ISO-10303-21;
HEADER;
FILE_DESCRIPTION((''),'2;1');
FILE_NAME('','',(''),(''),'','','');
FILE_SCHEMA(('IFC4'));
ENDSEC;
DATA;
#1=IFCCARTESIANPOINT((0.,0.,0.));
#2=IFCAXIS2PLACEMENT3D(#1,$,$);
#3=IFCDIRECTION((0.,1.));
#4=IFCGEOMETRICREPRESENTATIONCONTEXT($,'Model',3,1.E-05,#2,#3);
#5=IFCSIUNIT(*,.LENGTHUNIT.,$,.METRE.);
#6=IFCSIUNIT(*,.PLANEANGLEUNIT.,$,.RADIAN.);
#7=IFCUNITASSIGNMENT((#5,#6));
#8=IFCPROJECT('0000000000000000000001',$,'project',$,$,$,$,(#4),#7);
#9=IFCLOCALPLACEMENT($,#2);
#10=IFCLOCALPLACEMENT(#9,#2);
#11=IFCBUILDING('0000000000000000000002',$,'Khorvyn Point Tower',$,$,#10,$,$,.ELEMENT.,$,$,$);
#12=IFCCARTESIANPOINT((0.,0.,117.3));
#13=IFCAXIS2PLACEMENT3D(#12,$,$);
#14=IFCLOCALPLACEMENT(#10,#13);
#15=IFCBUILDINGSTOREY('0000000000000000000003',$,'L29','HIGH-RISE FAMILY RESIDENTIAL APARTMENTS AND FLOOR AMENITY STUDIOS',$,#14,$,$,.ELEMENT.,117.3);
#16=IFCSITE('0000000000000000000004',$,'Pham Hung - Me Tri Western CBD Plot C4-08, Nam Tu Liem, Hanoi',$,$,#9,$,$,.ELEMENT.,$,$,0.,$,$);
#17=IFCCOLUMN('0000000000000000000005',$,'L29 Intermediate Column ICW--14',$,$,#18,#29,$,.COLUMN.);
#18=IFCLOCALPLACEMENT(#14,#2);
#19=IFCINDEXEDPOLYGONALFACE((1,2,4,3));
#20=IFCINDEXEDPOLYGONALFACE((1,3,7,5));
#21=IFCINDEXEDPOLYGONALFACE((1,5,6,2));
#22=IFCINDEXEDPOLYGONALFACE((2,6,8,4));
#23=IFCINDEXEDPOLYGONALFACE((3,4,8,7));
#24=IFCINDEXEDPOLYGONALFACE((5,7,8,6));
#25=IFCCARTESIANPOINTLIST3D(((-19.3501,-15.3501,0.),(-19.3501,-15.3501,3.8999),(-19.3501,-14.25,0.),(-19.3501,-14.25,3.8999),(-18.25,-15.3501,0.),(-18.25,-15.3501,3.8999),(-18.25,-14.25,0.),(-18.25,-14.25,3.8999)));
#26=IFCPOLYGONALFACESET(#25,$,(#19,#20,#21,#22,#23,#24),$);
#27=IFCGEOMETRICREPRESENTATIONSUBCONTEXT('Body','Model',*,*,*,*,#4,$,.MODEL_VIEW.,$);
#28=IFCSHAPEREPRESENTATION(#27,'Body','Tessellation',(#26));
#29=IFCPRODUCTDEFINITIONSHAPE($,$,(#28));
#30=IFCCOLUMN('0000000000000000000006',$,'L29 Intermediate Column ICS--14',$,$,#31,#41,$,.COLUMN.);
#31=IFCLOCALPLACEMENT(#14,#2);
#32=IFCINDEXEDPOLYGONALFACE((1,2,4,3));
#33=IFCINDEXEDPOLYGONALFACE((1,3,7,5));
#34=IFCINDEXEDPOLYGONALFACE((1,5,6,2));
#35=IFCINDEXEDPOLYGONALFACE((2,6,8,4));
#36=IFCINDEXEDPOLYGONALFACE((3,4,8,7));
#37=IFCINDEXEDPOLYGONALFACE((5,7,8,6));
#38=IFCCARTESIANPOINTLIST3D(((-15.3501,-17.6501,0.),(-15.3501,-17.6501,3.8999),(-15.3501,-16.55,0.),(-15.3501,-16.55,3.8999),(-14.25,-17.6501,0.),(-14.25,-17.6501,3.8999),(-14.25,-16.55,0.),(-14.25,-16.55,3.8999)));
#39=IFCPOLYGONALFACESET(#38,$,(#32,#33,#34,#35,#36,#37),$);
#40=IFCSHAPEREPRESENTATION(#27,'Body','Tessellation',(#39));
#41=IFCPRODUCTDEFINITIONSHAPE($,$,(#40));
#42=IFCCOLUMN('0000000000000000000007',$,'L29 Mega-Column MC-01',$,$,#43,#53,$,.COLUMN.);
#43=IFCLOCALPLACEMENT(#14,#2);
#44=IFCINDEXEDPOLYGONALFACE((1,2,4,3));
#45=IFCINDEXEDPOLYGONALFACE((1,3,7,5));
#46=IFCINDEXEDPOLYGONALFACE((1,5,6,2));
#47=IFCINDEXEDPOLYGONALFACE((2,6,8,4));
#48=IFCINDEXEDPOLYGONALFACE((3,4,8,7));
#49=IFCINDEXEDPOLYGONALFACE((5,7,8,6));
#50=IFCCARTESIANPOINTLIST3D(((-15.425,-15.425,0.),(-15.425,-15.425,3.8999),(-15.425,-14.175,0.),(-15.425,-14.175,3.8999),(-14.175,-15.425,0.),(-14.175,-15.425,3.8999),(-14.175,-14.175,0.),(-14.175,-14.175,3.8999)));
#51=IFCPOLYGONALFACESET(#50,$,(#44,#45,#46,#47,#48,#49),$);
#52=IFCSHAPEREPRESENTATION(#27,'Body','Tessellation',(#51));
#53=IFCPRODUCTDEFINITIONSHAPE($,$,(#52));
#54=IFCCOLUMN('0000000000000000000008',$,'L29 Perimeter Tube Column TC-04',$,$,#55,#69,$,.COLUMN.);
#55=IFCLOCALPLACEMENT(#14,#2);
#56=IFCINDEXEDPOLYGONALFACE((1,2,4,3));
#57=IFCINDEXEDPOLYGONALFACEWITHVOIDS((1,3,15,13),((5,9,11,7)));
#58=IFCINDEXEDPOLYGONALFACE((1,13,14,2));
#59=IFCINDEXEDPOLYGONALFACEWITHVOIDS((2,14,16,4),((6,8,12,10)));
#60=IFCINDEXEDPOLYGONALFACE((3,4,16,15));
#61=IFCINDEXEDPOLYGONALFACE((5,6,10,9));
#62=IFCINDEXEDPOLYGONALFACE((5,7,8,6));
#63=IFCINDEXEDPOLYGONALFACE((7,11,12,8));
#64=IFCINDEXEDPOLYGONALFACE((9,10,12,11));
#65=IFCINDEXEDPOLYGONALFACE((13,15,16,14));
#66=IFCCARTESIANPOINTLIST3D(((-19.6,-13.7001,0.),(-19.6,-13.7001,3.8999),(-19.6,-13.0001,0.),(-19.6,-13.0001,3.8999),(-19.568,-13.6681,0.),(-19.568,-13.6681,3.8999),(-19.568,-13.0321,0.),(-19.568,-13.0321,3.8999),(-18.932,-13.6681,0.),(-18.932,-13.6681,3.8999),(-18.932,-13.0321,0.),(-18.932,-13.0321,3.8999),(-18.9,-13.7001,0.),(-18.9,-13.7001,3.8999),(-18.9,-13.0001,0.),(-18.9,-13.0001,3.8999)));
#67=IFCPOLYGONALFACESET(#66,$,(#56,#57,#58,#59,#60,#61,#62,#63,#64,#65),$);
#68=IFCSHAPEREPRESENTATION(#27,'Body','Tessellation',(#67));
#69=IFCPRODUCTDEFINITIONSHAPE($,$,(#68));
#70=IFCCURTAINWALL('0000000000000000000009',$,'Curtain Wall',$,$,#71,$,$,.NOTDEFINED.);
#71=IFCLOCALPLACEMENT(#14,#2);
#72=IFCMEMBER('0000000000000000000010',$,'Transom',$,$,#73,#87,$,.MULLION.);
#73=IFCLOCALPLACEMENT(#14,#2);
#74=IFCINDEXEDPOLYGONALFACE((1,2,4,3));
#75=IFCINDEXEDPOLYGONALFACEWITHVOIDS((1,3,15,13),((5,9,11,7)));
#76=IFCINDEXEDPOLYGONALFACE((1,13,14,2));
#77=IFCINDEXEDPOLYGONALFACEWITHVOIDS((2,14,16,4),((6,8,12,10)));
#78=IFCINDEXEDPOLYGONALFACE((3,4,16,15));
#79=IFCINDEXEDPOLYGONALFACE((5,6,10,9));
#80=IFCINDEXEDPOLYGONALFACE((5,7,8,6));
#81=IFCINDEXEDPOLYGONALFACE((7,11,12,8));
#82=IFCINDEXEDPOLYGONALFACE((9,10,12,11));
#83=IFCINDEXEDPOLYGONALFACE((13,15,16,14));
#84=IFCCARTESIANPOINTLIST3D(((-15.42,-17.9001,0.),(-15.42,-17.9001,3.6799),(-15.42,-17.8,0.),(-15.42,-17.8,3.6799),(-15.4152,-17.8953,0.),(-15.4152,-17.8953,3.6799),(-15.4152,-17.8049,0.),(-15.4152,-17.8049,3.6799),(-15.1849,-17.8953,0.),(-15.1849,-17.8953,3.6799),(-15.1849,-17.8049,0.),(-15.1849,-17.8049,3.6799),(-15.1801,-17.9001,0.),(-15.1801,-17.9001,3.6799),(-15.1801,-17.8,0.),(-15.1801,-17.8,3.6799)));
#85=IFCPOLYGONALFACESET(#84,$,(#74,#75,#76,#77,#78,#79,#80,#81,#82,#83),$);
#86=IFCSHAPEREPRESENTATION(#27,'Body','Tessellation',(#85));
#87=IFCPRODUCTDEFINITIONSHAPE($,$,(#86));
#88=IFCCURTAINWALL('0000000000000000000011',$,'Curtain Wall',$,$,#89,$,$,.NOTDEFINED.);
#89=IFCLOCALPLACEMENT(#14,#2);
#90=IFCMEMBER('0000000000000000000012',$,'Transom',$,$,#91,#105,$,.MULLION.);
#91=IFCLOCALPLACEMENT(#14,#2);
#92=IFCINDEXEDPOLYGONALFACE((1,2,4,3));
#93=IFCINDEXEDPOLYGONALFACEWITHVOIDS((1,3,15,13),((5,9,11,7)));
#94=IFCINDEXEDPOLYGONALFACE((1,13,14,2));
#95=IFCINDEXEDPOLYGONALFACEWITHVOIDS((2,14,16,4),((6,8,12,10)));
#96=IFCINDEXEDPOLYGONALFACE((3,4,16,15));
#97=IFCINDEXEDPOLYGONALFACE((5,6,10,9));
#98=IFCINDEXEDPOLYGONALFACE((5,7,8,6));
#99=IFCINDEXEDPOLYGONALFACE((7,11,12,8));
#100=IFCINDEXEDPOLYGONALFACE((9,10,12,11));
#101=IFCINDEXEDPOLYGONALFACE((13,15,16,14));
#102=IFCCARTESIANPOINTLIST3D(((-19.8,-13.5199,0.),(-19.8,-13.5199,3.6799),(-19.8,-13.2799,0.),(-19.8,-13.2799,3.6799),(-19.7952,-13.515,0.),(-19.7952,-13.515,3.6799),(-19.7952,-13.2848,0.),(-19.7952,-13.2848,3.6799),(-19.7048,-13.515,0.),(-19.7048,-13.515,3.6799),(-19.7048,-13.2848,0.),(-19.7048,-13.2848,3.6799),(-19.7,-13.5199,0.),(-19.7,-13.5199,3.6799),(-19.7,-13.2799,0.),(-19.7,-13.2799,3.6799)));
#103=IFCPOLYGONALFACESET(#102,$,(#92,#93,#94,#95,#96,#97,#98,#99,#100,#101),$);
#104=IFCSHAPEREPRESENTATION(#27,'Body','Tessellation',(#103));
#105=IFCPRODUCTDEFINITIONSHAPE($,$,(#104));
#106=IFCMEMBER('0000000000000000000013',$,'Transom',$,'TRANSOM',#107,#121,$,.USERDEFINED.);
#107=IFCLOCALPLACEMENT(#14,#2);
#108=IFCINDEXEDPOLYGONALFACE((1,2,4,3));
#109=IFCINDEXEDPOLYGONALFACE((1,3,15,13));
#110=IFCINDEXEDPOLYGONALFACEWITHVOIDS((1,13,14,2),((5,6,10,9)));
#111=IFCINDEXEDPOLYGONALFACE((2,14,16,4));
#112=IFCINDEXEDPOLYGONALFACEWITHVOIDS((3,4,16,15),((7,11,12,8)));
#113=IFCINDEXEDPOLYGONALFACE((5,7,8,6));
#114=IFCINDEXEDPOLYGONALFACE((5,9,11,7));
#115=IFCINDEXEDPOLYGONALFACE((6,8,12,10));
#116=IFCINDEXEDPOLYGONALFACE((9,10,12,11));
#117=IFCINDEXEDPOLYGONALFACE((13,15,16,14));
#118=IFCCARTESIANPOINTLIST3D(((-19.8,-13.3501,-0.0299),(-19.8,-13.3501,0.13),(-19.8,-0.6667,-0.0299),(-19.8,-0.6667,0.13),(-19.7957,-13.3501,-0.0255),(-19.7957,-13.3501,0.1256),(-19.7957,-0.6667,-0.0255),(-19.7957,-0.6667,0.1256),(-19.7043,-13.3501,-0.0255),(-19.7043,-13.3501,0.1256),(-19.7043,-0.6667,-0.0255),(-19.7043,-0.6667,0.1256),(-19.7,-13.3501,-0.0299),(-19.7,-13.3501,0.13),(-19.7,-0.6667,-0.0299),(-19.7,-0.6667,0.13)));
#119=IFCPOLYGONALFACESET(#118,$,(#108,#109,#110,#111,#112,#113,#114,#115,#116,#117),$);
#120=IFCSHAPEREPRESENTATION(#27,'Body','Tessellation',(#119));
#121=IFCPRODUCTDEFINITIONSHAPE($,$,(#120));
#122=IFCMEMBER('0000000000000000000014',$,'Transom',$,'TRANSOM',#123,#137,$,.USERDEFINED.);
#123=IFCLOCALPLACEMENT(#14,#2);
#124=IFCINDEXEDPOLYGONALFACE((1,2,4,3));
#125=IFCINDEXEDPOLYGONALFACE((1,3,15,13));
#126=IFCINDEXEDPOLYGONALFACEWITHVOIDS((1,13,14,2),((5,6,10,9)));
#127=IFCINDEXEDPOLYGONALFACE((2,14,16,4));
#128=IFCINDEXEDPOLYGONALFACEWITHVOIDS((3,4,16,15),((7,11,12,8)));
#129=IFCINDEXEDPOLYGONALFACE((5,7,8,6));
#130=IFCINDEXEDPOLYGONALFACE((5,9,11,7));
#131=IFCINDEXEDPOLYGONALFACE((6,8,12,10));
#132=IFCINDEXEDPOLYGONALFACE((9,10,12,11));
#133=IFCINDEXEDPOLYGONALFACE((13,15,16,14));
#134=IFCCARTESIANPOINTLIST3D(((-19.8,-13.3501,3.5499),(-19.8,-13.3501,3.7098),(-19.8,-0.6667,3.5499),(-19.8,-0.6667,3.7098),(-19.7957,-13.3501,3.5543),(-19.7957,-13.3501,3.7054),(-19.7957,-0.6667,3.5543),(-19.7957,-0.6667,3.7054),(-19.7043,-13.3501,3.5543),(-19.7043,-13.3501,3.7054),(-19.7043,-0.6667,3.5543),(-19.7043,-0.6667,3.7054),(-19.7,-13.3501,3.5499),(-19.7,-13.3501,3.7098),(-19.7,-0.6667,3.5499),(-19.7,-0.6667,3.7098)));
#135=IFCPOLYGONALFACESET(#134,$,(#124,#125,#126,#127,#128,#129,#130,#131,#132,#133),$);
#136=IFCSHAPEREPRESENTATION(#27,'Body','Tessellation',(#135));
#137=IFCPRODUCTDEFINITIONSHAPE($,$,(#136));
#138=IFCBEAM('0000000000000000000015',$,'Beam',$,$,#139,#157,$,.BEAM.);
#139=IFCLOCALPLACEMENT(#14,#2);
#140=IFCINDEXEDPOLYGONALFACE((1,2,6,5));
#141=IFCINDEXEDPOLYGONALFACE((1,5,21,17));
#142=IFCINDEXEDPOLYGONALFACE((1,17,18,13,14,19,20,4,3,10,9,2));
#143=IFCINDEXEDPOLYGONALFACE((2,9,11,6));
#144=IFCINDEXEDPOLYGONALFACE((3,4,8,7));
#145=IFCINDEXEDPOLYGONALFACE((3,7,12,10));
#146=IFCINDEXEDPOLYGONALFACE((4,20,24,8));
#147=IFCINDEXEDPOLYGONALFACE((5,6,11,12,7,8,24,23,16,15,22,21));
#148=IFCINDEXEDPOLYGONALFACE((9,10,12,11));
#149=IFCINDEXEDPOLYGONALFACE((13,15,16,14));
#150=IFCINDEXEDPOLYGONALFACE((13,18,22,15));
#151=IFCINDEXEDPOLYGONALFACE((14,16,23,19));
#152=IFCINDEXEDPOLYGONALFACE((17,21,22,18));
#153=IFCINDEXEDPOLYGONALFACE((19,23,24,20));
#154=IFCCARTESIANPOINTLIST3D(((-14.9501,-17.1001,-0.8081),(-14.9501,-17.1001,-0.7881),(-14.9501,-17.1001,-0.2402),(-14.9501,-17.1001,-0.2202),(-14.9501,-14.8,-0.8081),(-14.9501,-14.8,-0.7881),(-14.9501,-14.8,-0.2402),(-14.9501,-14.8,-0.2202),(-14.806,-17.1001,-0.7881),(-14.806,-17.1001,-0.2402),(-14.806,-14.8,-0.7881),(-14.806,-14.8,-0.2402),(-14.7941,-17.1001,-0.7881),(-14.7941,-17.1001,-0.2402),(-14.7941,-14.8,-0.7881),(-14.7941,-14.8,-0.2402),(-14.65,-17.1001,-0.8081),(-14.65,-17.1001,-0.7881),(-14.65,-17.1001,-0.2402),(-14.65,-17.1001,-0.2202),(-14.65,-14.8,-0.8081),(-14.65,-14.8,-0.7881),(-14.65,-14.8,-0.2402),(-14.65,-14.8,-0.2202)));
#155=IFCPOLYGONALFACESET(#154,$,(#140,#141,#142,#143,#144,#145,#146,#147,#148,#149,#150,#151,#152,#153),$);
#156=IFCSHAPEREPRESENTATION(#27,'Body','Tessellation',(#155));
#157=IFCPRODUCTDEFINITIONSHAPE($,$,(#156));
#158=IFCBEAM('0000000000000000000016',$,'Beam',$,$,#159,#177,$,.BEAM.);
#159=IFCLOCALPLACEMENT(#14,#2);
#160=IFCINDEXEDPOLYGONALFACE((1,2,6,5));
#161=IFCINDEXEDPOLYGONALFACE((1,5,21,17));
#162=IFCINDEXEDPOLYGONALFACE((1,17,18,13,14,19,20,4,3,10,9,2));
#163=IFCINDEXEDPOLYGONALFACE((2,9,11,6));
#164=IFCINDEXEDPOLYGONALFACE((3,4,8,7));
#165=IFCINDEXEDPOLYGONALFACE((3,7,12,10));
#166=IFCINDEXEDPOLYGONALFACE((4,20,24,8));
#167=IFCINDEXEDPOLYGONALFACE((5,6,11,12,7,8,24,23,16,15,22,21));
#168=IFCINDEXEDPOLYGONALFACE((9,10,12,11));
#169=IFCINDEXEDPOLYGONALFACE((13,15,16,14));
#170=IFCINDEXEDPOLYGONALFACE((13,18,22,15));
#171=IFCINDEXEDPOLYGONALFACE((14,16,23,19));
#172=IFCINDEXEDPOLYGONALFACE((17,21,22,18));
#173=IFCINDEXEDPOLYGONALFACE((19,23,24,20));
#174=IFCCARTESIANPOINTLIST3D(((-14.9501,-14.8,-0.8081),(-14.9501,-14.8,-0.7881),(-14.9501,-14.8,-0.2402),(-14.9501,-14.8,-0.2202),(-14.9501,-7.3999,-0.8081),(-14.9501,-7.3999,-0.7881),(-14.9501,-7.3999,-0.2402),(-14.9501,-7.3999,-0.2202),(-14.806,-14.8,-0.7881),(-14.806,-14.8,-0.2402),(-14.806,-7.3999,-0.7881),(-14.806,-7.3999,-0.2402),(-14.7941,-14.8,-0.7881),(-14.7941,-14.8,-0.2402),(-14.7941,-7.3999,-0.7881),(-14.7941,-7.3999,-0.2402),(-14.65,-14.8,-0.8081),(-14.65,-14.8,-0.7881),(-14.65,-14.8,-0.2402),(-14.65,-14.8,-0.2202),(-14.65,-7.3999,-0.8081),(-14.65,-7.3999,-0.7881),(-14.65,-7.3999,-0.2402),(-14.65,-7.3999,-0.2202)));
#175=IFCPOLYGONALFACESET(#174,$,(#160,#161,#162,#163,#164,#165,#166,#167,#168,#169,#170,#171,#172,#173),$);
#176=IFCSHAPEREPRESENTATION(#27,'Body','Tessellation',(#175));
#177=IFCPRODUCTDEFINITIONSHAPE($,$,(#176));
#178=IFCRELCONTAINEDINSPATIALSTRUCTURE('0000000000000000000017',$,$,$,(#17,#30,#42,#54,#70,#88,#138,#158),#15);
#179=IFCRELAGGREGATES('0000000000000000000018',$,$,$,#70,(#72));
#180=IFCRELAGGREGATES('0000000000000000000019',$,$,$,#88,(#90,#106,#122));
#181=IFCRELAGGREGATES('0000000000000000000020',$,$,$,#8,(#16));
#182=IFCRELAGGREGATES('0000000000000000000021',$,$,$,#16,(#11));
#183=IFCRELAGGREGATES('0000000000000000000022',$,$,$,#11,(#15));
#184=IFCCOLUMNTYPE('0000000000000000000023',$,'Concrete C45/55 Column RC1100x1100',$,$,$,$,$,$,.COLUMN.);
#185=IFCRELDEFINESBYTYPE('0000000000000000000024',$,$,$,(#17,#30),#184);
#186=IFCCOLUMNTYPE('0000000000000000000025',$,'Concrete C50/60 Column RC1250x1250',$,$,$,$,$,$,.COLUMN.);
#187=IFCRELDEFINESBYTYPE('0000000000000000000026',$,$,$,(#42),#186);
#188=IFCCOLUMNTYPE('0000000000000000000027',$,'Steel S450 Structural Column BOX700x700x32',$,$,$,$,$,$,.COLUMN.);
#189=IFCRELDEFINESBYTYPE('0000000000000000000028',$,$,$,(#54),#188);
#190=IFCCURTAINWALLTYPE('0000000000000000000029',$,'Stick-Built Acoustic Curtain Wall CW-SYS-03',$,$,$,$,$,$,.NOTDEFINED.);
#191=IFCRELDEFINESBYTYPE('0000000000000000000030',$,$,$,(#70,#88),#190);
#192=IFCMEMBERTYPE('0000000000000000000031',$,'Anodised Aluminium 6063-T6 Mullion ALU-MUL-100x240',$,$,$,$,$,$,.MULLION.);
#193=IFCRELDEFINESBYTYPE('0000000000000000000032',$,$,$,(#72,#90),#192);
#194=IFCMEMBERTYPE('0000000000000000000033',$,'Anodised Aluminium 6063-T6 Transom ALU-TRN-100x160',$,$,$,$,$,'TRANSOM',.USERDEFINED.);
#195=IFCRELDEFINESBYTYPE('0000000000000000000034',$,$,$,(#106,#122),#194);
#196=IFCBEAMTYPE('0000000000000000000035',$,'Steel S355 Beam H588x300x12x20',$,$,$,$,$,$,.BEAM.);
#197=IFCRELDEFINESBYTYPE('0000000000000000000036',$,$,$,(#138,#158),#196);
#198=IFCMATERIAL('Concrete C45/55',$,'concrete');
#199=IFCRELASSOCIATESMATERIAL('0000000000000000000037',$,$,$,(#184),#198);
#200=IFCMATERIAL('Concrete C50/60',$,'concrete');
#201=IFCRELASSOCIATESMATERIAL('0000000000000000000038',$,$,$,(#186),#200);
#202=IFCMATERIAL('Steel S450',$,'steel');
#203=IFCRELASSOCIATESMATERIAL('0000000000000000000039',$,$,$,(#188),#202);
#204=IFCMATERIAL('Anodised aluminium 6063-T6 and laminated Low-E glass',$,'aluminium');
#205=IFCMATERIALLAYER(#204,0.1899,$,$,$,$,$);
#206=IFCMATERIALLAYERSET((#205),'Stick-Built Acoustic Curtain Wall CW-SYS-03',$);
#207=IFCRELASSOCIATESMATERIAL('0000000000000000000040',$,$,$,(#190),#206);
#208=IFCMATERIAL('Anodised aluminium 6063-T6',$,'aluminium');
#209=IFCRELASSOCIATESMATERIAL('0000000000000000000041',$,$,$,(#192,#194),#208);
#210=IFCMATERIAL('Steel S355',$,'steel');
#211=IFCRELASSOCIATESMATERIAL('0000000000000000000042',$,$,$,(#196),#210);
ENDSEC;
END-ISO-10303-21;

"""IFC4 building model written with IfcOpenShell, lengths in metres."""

from ifc_helpers import new_model, si_unit, direction, frame, origin, origin_2d, place, context, subcontext, project, spatial, rectangle, hollow_rectangle, i_section, extrude, material, layer, layer_set, material_profile, profile_set, type_object, element, aggregate, save


model = new_model("IFC4")

# Units and contexts
model_context = context("Model", 3, precision=1e-05, world=origin(), true_north=direction((0.0, 1.0)))
body_context = subcontext(model_context, "Body", "Model", "MODEL_VIEW")
ifc_project = project(units=[si_unit("LENGTHUNIT", "METRE"), si_unit("PLANEANGLEUNIT", "RADIAN")], contexts=[model_context])

# Site, building, storey
site_placement = place(None, origin())
site = spatial("IfcSite", under=ifc_project, at=site_placement, Name="Pham Hung - Me Tri Western CBD Plot C4-08, Nam Tu Liem, Hanoi", CompositionType="ELEMENT", RefElevation=0.0)
building_placement = place(site_placement, origin())
building = spatial("IfcBuilding", under=site, at=building_placement, Name="Khorvyn Point Tower", CompositionType="ELEMENT")
storey_placement = place(building_placement, frame((0.0, 0.0, 117.3)))
storey = spatial("IfcBuildingStorey", under=building, at=storey_placement, Name="L29", Description="HIGH-RISE FAMILY RESIDENTIAL APARTMENTS AND FLOOR AMENITY STUDIOS", CompositionType="ELEMENT", Elevation=117.3)

# Columns
ifc_material_1 = material(Name="Concrete C45/55", Category="concrete")
ifc_material_profile_1 = material_profile(ifc_material_1, rectangle(XDim=1.1001, YDim=1.1001, at=origin_2d()))
ifc_profile_set_1 = profile_set([ifc_material_profile_1], Name="Concrete C45/55 RC1100x1100")
column_type_1 = type_object("IfcColumnType", Name="Concrete C45/55 Column RC1100x1100", PredefinedType="COLUMN", material=ifc_profile_set_1)
for number, where, z_axis, x_axis, name in (
    (1, (-18.8, -14.8, 0.0), (0.0, 0.0, 1.0), (1.0, 0.0, 0.0), "L29 Intermediate Column ICW--14"),
    (2, (-14.8, -17.1001, 0.0), (0.0, 0.0, 1.0), (1.0, 0.0, 0.0), "L29 Intermediate Column ICS--14"),
):
    element("IfcColumn", number, at=place(storey_placement, frame(where, z_axis=z_axis, x_axis=x_axis)), inside=storey, type_object=column_type_1, Name=name, PredefinedType="COLUMN", context=body_context, shape_type="SweptSolid", body=[
        extrude(rectangle(XDim=1.1001, YDim=1.1001, at=origin_2d()), origin(), (0.0, 0.0, 1.0), 3.8999),
    ])
ifc_material_2 = material(Name="Concrete C50/60", Category="concrete")
ifc_material_profile_2 = material_profile(ifc_material_2, rectangle(XDim=1.25, YDim=1.25, at=origin_2d()))
ifc_profile_set_2 = profile_set([ifc_material_profile_2], Name="Concrete C50/60 RC1250x1250")
column_type_2 = type_object("IfcColumnType", Name="Concrete C50/60 Column RC1250x1250", PredefinedType="COLUMN", material=ifc_profile_set_2)
column_1_placement = place(storey_placement, frame((-14.8, -14.8, 0.0), z_axis=(0.0, 0.0, 1.0), x_axis=(1.0, 0.0, 0.0)))
element("IfcColumn", 3, at=column_1_placement, inside=storey, type_object=column_type_2, Name="L29 Mega-Column MC-01", PredefinedType="COLUMN", context=body_context, shape_type="SweptSolid", body=[
    extrude(rectangle(XDim=1.25, YDim=1.25, at=origin_2d()), origin(), (0.0, 0.0, 1.0), 3.8999),
])
ifc_material_3 = material(Name="Steel S450", Category="steel")
ifc_material_profile_3 = material_profile(ifc_material_3, hollow_rectangle(XDim=0.7, YDim=0.7, WallThickness=0.032, at=origin_2d()))
ifc_profile_set_3 = profile_set([ifc_material_profile_3], Name="Steel S450 BOX700x700x32")
column_type_3 = type_object("IfcColumnType", Name="Steel S450 Structural Column BOX700x700x32", PredefinedType="COLUMN", material=ifc_profile_set_3)
column_2_placement = place(storey_placement, frame((-19.25, -13.3501, 0.0), z_axis=(0.0, 0.0, 1.0), x_axis=(1.0, 0.0, 0.0)))
element("IfcColumn", 4, at=column_2_placement, inside=storey, type_object=column_type_3, Name="L29 Perimeter Tube Column TC-04", PredefinedType="COLUMN", context=body_context, shape_type="SweptSolid", body=[
    extrude(hollow_rectangle(XDim=0.7, YDim=0.7, WallThickness=0.032, at=origin_2d()), origin(), (0.0, 0.0, 1.0), 3.8999),
])

# Curtain wall, member
ifc_material_4 = material(Name="Anodised aluminium 6063-T6 and laminated Low-E glass", Category="aluminium")
ifc_layer_1 = layer(ifc_material_4, 0.1899)
ifc_layer_set_1 = layer_set([ifc_layer_1], Name="Stick-Built Acoustic Curtain Wall CW-SYS-03")
curtain_wall_type = type_object("IfcCurtainWallType", Name="Stick-Built Acoustic Curtain Wall CW-SYS-03", PredefinedType="NOTDEFINED", material=ifc_layer_set_1)
curtain_wall_1_placement = place(storey_placement, origin())
curtain_wall_1 = element("IfcCurtainWall", 5, at=curtain_wall_1_placement, inside=storey, type_object=curtain_wall_type, Name="Curtain Wall", PredefinedType="NOTDEFINED")
ifc_material_5 = material(Name="Anodised aluminium 6063-T6", Category="aluminium")
ifc_material_profile_4 = material_profile(ifc_material_5, hollow_rectangle(XDim=0.1001, YDim=0.24, WallThickness=0.0049, at=origin_2d()))
ifc_profile_set_4 = profile_set([ifc_material_profile_4], Name="Anodised aluminium 6063-T6 ALU-MUL-100x240")
member_type_1 = type_object("IfcMemberType", Name="Anodised Aluminium 6063-T6 Mullion ALU-MUL-100x240", PredefinedType="MULLION", material=ifc_profile_set_4)
member_1_placement = place(storey_placement, frame((-15.3, -17.8501, 0.0), z_axis=(0.0, 0.0, 1.0), x_axis=(0.0, -1.0, 0.0)))
member_1 = element("IfcMember", 6, at=member_1_placement, type_object=member_type_1, Name="Transom", PredefinedType="MULLION", context=body_context, shape_type="SweptSolid", body=[
    extrude(hollow_rectangle(XDim=0.1001, YDim=0.24, WallThickness=0.0049, at=origin_2d()), origin(), (0.0, 0.0, 1.0), 3.6799),
])
aggregate(curtain_wall_1, [member_1])

# Curtain wall, members
curtain_wall_2_placement = place(storey_placement, origin())
curtain_wall_2 = element("IfcCurtainWall", 7, at=curtain_wall_2_placement, inside=storey, type_object=curtain_wall_type, Name="Curtain Wall", PredefinedType="NOTDEFINED")
member_2_placement = place(storey_placement, frame((-19.75, -13.3999, 0.0), z_axis=(0.0, 0.0, 1.0), x_axis=(-1.0, 0.0, 0.0)))
member_2 = element("IfcMember", 8, at=member_2_placement, type_object=member_type_1, Name="Transom", PredefinedType="MULLION", context=body_context, shape_type="SweptSolid", body=[
    extrude(hollow_rectangle(XDim=0.1001, YDim=0.24, WallThickness=0.0049, at=origin_2d()), origin(), (0.0, 0.0, 1.0), 3.6799),
])
ifc_material_profile_5 = material_profile(ifc_material_5, hollow_rectangle(XDim=0.1001, YDim=0.1599, WallThickness=0.0044, at=origin_2d()))
ifc_profile_set_5 = profile_set([ifc_material_profile_5], Name="Anodised aluminium 6063-T6 ALU-TRN-100x160")
member_type_2 = type_object("IfcMemberType", Name="Anodised Aluminium 6063-T6 Transom ALU-TRN-100x160", ElementType="TRANSOM", PredefinedType="USERDEFINED", material=ifc_profile_set_5)
member_3_placement = place(storey_placement, frame((-19.75, -13.3501, 0.05), z_axis=(0.0, 1.0, 0.0), x_axis=(-1.0, 0.0, 0.0)))
member_3 = element("IfcMember", 9, at=member_3_placement, type_object=member_type_2, Name="Transom", ObjectType="TRANSOM", PredefinedType="USERDEFINED", context=body_context, shape_type="SweptSolid", body=[
    extrude(hollow_rectangle(XDim=0.1001, YDim=0.1599, WallThickness=0.0044, at=origin_2d()), origin(), (0.0, 0.0, 1.0), 12.6833),
])
member_4_placement = place(storey_placement, frame((-19.75, -13.3501, 3.6299), z_axis=(0.0, 1.0, 0.0), x_axis=(-1.0, 0.0, 0.0)))
member_4 = element("IfcMember", 10, at=member_4_placement, type_object=member_type_2, Name="Transom", ObjectType="TRANSOM", PredefinedType="USERDEFINED", context=body_context, shape_type="SweptSolid", body=[
    extrude(hollow_rectangle(XDim=0.1001, YDim=0.1599, WallThickness=0.0044, at=origin_2d()), origin(), (0.0, 0.0, 1.0), 12.6833),
])

# Beams
ifc_material_6 = material(Name="Steel S355", Category="steel")
ifc_material_profile_6 = material_profile(ifc_material_6, i_section(OverallWidth=0.3, OverallDepth=0.5879, WebThickness=0.012, FlangeThickness=0.02, at=origin_2d()))
ifc_profile_set_6 = profile_set([ifc_material_profile_6], Name="Steel S355 H588x300x12x20")
beam_type_1 = type_object("IfcBeamType", Name="Steel S355 Beam H588x300x12x20", PredefinedType="BEAM", material=ifc_profile_set_6)
beam_1_placement = place(storey_placement, frame((-14.8, -17.1001, -0.5142), z_axis=(0.0, 1.0, 0.0), x_axis=(-1.0, 0.0, 0.0)))
element("IfcBeam", 11, at=beam_1_placement, inside=storey, type_object=beam_type_1, Name="Beam", PredefinedType="BEAM", context=body_context, shape_type="SweptSolid", body=[
    extrude(i_section(OverallWidth=0.3, OverallDepth=0.5879, WebThickness=0.012, FlangeThickness=0.02, at=origin_2d()), origin(), (0.0, 0.0, 1.0), 2.3),
])
for number, where, z_axis, x_axis, name in (
    (12, (-14.8, -14.8, -0.5142), (0.0, 1.0, 0.0), (-1.0, 0.0, 0.0), "Beam"),
):
    element("IfcBeam", number, at=place(storey_placement, frame(where, z_axis=z_axis, x_axis=x_axis)), inside=storey, type_object=beam_type_1, Name=name, PredefinedType="BEAM", context=body_context, shape_type="SweptSolid", body=[
        extrude(i_section(OverallWidth=0.3, OverallDepth=0.5879, WebThickness=0.012, FlangeThickness=0.02, at=origin_2d()), origin(), (0.0, 0.0, 1.0), 7.4001),
    ])

aggregate(curtain_wall_2, [member_2, member_3, member_4])

save(model, "model.ifc")
